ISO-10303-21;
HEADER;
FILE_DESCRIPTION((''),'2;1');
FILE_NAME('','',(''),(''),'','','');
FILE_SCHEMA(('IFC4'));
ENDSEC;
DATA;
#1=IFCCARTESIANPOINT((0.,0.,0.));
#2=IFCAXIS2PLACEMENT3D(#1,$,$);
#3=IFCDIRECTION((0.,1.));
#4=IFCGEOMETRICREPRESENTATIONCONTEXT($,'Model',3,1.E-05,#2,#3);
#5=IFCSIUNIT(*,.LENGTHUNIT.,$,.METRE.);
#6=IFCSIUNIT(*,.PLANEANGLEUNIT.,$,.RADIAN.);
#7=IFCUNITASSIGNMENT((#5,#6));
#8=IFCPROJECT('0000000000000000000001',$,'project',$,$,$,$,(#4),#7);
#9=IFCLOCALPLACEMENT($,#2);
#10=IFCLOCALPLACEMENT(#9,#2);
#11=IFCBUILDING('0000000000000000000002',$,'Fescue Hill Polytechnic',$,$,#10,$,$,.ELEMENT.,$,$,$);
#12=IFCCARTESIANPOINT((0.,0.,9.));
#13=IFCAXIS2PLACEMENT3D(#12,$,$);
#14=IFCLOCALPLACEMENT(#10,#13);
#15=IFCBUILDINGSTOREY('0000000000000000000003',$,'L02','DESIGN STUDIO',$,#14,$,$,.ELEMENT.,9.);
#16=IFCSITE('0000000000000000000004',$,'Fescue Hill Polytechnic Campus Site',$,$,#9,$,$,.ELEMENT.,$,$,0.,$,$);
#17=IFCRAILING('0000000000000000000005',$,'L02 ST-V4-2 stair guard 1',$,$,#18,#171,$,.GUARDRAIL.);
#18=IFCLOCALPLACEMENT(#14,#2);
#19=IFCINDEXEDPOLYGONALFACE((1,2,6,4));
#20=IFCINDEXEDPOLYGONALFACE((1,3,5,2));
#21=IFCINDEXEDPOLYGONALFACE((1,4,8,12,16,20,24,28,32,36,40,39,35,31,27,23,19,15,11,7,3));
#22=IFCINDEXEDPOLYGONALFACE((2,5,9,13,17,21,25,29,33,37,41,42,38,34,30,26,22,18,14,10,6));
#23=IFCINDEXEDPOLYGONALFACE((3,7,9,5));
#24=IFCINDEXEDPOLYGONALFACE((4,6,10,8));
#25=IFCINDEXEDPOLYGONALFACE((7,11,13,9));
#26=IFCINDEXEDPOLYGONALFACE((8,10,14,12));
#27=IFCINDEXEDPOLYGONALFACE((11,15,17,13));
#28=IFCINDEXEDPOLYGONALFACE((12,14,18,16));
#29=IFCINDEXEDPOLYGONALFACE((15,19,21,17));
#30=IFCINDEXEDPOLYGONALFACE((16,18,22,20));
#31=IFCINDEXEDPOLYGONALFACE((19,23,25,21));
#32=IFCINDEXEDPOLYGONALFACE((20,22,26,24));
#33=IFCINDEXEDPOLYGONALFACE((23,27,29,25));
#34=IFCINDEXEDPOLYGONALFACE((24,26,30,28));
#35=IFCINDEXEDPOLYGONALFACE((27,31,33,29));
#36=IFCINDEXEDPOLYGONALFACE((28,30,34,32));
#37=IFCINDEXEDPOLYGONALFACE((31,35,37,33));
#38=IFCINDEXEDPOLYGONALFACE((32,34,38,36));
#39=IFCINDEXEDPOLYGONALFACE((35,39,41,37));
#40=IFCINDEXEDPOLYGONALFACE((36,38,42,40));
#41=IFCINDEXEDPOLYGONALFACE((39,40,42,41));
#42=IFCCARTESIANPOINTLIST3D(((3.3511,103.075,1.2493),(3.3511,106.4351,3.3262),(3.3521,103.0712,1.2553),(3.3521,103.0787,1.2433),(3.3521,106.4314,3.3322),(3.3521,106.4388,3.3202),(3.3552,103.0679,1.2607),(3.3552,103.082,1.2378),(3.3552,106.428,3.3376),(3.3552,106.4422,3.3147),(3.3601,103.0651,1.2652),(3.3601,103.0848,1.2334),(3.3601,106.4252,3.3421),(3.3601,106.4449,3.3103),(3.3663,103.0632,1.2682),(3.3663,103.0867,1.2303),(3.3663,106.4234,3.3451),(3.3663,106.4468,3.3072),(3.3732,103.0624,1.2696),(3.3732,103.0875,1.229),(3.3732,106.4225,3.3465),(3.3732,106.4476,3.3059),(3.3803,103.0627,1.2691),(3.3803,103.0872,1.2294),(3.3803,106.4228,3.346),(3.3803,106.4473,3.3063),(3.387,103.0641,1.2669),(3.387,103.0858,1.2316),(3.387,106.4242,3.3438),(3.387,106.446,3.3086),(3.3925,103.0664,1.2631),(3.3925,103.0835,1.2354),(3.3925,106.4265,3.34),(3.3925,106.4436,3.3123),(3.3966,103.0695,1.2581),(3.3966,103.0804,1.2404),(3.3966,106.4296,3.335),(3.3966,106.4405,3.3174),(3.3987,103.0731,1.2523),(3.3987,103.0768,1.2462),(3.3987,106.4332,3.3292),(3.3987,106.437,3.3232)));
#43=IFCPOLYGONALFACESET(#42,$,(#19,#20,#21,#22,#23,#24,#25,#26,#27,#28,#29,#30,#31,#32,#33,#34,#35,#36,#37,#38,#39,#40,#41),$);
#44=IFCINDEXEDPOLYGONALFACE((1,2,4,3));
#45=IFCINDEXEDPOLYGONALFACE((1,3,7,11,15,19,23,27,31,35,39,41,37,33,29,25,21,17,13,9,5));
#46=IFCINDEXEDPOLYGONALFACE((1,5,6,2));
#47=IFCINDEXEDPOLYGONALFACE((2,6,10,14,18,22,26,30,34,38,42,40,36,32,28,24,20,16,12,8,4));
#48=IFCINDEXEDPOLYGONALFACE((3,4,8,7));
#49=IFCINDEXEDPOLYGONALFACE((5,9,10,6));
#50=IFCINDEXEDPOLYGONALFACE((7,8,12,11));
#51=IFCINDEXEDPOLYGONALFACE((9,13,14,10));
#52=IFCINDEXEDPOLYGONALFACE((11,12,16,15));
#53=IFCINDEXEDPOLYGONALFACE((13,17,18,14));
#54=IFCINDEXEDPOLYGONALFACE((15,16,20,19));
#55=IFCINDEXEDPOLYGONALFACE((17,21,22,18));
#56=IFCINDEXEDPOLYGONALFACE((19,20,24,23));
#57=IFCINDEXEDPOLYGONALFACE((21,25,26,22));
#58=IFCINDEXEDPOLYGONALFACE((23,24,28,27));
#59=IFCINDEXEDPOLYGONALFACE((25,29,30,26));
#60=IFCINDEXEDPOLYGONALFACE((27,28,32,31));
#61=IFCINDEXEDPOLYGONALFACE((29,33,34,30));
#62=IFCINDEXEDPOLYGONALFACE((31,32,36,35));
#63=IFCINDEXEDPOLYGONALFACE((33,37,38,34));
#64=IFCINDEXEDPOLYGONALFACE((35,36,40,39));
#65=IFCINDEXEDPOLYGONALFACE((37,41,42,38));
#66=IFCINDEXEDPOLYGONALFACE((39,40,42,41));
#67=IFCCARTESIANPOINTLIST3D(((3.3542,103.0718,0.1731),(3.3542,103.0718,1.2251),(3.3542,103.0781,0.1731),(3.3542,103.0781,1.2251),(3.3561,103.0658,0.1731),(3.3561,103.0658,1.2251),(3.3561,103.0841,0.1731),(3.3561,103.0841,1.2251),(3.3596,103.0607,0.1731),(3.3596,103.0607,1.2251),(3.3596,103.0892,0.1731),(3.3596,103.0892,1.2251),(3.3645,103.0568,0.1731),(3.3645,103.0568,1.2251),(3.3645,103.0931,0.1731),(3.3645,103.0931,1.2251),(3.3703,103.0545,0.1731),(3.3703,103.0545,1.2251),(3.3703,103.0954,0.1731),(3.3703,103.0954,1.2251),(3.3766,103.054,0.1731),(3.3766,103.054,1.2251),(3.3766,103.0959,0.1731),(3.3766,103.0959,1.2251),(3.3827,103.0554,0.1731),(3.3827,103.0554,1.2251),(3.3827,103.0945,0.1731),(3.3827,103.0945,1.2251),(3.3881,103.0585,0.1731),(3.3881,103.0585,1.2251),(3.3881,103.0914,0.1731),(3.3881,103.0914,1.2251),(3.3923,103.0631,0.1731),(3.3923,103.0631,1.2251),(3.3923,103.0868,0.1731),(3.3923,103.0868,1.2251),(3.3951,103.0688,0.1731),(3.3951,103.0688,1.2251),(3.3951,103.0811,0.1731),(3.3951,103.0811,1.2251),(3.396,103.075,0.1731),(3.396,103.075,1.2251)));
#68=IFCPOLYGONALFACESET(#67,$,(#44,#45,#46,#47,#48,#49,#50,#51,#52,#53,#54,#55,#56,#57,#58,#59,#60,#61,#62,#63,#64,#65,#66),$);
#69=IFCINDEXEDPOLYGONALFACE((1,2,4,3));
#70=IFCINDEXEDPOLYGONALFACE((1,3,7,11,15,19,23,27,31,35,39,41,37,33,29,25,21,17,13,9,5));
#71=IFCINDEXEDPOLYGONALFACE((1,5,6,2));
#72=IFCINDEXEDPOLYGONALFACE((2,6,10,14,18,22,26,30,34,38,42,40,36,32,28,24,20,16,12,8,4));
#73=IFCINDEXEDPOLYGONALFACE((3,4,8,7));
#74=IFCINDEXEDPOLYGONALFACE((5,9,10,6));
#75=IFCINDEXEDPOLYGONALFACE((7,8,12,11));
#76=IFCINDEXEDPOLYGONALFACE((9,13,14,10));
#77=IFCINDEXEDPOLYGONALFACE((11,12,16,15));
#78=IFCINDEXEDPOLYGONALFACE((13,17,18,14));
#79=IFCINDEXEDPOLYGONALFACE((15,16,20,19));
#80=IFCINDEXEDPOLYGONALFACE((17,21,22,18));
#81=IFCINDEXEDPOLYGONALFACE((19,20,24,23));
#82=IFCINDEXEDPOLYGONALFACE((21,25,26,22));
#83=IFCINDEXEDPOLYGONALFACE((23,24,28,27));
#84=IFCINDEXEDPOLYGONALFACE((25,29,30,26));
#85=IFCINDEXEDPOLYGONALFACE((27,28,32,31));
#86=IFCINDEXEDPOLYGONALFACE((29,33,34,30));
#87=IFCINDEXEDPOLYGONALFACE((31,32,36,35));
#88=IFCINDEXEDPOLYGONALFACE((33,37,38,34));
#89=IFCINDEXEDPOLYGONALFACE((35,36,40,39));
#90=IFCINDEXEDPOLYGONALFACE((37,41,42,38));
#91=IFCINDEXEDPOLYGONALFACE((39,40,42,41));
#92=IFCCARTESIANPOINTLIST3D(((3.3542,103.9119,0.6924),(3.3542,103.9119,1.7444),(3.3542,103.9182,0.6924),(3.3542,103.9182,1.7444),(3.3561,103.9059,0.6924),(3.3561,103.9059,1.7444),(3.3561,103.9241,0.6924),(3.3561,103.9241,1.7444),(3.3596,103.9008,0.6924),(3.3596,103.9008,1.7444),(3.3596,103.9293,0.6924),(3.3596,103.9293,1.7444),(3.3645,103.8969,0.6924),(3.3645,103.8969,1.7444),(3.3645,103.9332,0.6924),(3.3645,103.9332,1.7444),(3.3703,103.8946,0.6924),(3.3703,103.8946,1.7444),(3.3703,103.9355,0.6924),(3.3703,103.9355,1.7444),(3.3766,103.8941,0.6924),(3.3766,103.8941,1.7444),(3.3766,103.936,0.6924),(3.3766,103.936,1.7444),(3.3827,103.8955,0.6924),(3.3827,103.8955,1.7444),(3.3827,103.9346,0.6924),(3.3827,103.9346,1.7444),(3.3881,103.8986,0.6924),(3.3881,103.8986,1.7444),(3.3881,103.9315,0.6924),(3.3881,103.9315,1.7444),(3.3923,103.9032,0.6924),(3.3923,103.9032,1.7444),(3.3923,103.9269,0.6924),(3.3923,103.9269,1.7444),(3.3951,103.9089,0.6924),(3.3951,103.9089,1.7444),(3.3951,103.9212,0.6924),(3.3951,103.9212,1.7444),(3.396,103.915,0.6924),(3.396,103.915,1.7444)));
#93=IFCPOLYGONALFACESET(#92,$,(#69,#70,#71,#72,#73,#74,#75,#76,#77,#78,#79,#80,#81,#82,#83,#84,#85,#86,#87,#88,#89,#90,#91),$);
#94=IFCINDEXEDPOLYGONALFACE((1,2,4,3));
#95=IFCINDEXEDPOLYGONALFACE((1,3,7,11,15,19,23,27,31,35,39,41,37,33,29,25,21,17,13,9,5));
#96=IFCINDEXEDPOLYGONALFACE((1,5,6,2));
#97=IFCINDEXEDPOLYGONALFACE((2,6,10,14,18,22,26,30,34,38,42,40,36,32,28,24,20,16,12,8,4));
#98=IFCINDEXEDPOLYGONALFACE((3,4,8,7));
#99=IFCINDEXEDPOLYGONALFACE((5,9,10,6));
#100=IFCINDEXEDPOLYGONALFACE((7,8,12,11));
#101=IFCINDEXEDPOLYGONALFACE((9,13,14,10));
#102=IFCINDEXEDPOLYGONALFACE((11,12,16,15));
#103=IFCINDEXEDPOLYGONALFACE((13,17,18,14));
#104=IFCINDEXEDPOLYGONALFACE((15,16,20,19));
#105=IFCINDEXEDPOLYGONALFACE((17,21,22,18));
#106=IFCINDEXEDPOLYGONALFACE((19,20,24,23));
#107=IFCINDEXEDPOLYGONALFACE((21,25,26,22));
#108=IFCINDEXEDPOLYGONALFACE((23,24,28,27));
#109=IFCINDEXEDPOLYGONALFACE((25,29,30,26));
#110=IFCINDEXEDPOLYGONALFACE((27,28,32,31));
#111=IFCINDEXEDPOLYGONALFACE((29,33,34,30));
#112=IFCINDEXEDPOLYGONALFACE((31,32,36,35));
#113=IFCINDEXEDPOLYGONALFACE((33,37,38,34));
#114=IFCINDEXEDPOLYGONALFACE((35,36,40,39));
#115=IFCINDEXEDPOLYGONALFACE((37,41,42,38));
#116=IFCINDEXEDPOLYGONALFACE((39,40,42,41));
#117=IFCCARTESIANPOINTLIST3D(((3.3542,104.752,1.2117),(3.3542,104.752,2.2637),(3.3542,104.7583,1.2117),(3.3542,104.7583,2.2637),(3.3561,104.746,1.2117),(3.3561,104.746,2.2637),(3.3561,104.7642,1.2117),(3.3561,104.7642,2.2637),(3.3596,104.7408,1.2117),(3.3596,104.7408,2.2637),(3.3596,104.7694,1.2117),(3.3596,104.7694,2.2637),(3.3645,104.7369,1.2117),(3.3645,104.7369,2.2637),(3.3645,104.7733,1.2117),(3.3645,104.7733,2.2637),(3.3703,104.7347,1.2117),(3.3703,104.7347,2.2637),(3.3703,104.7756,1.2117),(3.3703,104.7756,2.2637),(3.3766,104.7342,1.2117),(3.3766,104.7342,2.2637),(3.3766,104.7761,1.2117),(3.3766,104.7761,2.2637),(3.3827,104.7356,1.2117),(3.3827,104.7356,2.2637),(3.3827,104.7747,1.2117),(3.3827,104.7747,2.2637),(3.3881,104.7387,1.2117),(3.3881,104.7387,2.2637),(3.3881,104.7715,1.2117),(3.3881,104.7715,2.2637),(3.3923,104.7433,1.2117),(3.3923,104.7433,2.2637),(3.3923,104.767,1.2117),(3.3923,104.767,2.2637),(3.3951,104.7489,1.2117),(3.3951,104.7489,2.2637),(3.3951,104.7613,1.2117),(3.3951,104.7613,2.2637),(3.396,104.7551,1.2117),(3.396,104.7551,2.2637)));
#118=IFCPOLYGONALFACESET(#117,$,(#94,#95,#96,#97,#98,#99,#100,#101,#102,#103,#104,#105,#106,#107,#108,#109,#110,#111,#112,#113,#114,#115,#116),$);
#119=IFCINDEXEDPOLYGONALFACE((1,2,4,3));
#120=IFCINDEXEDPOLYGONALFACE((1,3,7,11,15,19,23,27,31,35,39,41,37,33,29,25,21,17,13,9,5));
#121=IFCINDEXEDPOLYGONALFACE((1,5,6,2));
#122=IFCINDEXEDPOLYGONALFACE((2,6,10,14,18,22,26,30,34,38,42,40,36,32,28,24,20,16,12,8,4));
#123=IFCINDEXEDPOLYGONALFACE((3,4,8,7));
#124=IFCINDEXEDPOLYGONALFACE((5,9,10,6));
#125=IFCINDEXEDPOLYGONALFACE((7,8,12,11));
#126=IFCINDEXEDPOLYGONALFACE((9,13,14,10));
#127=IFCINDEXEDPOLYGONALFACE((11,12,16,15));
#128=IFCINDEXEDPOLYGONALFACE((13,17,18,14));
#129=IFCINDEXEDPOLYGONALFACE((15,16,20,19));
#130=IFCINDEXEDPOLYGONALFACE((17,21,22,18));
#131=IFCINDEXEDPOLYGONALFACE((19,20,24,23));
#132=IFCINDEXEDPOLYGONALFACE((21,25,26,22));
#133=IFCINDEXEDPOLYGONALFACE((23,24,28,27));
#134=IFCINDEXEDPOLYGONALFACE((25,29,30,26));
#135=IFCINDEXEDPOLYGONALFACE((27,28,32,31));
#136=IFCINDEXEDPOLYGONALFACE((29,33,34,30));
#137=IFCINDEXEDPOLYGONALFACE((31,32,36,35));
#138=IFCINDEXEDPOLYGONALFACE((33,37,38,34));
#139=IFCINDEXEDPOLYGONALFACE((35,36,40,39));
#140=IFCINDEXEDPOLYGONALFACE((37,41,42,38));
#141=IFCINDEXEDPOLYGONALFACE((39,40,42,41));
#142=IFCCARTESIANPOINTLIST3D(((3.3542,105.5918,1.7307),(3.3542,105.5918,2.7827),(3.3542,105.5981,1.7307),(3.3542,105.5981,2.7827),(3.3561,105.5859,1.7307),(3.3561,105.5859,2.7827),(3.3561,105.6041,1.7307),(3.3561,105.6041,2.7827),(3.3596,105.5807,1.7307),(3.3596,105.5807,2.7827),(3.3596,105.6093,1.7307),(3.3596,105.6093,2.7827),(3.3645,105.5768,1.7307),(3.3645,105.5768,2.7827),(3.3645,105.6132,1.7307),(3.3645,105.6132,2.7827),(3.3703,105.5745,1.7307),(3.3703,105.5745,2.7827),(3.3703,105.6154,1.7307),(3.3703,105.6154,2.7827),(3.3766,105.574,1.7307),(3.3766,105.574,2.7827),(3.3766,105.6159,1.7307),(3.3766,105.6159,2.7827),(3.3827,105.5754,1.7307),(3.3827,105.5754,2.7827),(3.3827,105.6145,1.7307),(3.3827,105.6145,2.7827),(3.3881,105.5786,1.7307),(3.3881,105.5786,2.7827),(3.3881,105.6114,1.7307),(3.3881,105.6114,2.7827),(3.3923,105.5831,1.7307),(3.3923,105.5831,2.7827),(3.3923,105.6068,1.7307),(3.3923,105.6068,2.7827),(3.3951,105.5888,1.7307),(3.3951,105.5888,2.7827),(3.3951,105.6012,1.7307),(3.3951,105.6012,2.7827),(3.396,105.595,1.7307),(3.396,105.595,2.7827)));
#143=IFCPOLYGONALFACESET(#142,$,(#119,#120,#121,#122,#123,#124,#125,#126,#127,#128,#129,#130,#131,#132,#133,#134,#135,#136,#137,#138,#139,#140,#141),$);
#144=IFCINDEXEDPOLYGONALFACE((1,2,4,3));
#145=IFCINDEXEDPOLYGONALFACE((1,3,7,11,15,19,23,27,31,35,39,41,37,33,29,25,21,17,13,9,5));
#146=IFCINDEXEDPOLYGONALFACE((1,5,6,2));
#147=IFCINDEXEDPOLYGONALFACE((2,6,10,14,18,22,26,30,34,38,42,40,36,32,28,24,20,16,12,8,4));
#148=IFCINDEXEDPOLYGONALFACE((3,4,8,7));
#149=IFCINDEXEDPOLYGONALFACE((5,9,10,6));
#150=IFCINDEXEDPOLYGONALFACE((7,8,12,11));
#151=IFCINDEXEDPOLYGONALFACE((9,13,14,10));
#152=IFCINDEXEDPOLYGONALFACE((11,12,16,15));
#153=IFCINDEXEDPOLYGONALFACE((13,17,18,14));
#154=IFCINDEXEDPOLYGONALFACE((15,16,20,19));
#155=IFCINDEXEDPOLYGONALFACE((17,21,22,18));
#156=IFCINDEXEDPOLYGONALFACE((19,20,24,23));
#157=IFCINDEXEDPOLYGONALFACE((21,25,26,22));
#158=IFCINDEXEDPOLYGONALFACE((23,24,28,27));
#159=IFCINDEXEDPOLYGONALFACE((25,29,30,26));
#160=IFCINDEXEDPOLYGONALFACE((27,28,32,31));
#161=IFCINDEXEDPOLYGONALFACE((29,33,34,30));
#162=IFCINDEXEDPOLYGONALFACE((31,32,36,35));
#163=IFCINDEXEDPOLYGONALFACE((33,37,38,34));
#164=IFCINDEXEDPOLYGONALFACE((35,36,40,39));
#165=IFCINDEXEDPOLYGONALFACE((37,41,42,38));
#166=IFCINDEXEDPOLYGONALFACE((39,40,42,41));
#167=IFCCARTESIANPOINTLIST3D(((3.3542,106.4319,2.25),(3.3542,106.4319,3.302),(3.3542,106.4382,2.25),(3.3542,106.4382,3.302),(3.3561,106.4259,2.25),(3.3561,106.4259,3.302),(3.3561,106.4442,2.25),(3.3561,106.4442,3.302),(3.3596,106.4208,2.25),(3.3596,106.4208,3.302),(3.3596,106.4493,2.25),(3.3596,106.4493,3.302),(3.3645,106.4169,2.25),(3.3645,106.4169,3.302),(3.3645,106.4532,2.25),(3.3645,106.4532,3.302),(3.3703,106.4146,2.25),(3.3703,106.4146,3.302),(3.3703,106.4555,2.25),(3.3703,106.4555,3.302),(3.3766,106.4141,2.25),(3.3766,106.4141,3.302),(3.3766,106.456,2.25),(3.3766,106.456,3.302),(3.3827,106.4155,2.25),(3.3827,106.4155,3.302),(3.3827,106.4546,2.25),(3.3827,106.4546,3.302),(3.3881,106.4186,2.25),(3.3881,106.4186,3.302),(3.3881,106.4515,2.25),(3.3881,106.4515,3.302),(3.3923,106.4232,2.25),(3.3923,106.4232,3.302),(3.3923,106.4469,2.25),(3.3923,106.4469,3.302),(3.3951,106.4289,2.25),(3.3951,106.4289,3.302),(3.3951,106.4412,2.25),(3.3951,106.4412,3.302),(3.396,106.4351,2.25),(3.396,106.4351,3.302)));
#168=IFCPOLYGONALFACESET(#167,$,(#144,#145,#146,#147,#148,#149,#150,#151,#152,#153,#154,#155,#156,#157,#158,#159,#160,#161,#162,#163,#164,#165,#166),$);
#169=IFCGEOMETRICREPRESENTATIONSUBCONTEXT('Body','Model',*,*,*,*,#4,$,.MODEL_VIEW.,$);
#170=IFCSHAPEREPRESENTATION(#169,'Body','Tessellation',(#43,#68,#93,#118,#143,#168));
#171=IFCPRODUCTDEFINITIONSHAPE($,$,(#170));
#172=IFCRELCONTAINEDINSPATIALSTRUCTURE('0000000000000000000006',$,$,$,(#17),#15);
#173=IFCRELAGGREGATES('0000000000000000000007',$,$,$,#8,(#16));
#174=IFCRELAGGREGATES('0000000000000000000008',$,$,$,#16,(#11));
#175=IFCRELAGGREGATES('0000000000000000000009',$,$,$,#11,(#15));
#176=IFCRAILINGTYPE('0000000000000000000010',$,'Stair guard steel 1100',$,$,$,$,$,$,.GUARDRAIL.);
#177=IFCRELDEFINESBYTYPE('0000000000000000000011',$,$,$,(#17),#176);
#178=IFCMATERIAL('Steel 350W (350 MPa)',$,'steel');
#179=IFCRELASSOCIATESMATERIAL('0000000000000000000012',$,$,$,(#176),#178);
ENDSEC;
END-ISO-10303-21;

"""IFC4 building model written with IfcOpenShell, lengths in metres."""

from ifc_helpers import new_model, si_unit, direction, frame, origin, origin_2d, place, context, subcontext, project, spatial, circle, extrude, material, type_object, element, save


model = new_model("IFC4")

# Units and contexts
model_context = context("Model", 3, precision=1e-05, world=origin(), true_north=direction((0.0, 1.0)))
body_context = subcontext(model_context, "Body", "Model", "MODEL_VIEW")
ifc_project = project(units=[si_unit("LENGTHUNIT", "METRE"), si_unit("PLANEANGLEUNIT", "RADIAN")], contexts=[model_context])

# Site, building, storey
site_placement = place(None, origin())
site = spatial("IfcSite", under=ifc_project, at=site_placement, Name="Fescue Hill Polytechnic Campus Site", CompositionType="ELEMENT", RefElevation=0.0)
building_placement = place(site_placement, origin())
building = spatial("IfcBuilding", under=site, at=building_placement, Name="Fescue Hill Polytechnic", CompositionType="ELEMENT")
storey_placement = place(building_placement, frame((0.0, 0.0, 9.0)))
storey = spatial("IfcBuildingStorey", under=building, at=storey_placement, Name="L02", Description="DESIGN STUDIO", CompositionType="ELEMENT", Elevation=9.0)

# Railing
ifc_material_1 = material(Name="Steel 350W (350 MPa)", Category="steel")
railing_type_1 = type_object("IfcRailingType", Name="Stair guard steel 1100", PredefinedType="GUARDRAIL", material=ifc_material_1)
railing_1_placement = place(storey_placement, frame((3.375, 103.075, 0.1731)))
element("IfcRailing", 1, at=railing_1_placement, inside=storey, type_object=railing_type_1, Name="L02 ST-V4-2 stair guard 1", PredefinedType="GUARDRAIL", context=body_context, shape_type="SweptSolid", body=[
    extrude(circle(Radius=0.0239, at=origin_2d()), frame((0.0, 0.0, 1.0762), z_axis=(0.0, 0.850623, 0.525776), x_axis=(-1.0, 0.0, 0.0)), (0.0, 0.0, 1.0), 3.9502),
    extrude(circle(Radius=0.021, at=origin_2d()), origin(), (0.0, 0.0, 1.0), 1.052),
    extrude(circle(Radius=0.021, at=origin_2d()), frame((0.0, 0.8401, 0.5193)), (0.0, 0.0, 1.0), 1.052),
    extrude(circle(Radius=0.021, at=origin_2d()), frame((0.0, 1.6802, 1.0386)), (0.0, 0.0, 1.0), 1.052),
    extrude(circle(Radius=0.021, at=origin_2d()), frame((0.0, 2.52, 1.5576)), (0.0, 0.0, 1.0), 1.052),
    extrude(circle(Radius=0.021, at=origin_2d()), frame((0.0, 3.3601, 2.0769)), (0.0, 0.0, 1.0), 1.052),
])

save(model, "model.ifc")
